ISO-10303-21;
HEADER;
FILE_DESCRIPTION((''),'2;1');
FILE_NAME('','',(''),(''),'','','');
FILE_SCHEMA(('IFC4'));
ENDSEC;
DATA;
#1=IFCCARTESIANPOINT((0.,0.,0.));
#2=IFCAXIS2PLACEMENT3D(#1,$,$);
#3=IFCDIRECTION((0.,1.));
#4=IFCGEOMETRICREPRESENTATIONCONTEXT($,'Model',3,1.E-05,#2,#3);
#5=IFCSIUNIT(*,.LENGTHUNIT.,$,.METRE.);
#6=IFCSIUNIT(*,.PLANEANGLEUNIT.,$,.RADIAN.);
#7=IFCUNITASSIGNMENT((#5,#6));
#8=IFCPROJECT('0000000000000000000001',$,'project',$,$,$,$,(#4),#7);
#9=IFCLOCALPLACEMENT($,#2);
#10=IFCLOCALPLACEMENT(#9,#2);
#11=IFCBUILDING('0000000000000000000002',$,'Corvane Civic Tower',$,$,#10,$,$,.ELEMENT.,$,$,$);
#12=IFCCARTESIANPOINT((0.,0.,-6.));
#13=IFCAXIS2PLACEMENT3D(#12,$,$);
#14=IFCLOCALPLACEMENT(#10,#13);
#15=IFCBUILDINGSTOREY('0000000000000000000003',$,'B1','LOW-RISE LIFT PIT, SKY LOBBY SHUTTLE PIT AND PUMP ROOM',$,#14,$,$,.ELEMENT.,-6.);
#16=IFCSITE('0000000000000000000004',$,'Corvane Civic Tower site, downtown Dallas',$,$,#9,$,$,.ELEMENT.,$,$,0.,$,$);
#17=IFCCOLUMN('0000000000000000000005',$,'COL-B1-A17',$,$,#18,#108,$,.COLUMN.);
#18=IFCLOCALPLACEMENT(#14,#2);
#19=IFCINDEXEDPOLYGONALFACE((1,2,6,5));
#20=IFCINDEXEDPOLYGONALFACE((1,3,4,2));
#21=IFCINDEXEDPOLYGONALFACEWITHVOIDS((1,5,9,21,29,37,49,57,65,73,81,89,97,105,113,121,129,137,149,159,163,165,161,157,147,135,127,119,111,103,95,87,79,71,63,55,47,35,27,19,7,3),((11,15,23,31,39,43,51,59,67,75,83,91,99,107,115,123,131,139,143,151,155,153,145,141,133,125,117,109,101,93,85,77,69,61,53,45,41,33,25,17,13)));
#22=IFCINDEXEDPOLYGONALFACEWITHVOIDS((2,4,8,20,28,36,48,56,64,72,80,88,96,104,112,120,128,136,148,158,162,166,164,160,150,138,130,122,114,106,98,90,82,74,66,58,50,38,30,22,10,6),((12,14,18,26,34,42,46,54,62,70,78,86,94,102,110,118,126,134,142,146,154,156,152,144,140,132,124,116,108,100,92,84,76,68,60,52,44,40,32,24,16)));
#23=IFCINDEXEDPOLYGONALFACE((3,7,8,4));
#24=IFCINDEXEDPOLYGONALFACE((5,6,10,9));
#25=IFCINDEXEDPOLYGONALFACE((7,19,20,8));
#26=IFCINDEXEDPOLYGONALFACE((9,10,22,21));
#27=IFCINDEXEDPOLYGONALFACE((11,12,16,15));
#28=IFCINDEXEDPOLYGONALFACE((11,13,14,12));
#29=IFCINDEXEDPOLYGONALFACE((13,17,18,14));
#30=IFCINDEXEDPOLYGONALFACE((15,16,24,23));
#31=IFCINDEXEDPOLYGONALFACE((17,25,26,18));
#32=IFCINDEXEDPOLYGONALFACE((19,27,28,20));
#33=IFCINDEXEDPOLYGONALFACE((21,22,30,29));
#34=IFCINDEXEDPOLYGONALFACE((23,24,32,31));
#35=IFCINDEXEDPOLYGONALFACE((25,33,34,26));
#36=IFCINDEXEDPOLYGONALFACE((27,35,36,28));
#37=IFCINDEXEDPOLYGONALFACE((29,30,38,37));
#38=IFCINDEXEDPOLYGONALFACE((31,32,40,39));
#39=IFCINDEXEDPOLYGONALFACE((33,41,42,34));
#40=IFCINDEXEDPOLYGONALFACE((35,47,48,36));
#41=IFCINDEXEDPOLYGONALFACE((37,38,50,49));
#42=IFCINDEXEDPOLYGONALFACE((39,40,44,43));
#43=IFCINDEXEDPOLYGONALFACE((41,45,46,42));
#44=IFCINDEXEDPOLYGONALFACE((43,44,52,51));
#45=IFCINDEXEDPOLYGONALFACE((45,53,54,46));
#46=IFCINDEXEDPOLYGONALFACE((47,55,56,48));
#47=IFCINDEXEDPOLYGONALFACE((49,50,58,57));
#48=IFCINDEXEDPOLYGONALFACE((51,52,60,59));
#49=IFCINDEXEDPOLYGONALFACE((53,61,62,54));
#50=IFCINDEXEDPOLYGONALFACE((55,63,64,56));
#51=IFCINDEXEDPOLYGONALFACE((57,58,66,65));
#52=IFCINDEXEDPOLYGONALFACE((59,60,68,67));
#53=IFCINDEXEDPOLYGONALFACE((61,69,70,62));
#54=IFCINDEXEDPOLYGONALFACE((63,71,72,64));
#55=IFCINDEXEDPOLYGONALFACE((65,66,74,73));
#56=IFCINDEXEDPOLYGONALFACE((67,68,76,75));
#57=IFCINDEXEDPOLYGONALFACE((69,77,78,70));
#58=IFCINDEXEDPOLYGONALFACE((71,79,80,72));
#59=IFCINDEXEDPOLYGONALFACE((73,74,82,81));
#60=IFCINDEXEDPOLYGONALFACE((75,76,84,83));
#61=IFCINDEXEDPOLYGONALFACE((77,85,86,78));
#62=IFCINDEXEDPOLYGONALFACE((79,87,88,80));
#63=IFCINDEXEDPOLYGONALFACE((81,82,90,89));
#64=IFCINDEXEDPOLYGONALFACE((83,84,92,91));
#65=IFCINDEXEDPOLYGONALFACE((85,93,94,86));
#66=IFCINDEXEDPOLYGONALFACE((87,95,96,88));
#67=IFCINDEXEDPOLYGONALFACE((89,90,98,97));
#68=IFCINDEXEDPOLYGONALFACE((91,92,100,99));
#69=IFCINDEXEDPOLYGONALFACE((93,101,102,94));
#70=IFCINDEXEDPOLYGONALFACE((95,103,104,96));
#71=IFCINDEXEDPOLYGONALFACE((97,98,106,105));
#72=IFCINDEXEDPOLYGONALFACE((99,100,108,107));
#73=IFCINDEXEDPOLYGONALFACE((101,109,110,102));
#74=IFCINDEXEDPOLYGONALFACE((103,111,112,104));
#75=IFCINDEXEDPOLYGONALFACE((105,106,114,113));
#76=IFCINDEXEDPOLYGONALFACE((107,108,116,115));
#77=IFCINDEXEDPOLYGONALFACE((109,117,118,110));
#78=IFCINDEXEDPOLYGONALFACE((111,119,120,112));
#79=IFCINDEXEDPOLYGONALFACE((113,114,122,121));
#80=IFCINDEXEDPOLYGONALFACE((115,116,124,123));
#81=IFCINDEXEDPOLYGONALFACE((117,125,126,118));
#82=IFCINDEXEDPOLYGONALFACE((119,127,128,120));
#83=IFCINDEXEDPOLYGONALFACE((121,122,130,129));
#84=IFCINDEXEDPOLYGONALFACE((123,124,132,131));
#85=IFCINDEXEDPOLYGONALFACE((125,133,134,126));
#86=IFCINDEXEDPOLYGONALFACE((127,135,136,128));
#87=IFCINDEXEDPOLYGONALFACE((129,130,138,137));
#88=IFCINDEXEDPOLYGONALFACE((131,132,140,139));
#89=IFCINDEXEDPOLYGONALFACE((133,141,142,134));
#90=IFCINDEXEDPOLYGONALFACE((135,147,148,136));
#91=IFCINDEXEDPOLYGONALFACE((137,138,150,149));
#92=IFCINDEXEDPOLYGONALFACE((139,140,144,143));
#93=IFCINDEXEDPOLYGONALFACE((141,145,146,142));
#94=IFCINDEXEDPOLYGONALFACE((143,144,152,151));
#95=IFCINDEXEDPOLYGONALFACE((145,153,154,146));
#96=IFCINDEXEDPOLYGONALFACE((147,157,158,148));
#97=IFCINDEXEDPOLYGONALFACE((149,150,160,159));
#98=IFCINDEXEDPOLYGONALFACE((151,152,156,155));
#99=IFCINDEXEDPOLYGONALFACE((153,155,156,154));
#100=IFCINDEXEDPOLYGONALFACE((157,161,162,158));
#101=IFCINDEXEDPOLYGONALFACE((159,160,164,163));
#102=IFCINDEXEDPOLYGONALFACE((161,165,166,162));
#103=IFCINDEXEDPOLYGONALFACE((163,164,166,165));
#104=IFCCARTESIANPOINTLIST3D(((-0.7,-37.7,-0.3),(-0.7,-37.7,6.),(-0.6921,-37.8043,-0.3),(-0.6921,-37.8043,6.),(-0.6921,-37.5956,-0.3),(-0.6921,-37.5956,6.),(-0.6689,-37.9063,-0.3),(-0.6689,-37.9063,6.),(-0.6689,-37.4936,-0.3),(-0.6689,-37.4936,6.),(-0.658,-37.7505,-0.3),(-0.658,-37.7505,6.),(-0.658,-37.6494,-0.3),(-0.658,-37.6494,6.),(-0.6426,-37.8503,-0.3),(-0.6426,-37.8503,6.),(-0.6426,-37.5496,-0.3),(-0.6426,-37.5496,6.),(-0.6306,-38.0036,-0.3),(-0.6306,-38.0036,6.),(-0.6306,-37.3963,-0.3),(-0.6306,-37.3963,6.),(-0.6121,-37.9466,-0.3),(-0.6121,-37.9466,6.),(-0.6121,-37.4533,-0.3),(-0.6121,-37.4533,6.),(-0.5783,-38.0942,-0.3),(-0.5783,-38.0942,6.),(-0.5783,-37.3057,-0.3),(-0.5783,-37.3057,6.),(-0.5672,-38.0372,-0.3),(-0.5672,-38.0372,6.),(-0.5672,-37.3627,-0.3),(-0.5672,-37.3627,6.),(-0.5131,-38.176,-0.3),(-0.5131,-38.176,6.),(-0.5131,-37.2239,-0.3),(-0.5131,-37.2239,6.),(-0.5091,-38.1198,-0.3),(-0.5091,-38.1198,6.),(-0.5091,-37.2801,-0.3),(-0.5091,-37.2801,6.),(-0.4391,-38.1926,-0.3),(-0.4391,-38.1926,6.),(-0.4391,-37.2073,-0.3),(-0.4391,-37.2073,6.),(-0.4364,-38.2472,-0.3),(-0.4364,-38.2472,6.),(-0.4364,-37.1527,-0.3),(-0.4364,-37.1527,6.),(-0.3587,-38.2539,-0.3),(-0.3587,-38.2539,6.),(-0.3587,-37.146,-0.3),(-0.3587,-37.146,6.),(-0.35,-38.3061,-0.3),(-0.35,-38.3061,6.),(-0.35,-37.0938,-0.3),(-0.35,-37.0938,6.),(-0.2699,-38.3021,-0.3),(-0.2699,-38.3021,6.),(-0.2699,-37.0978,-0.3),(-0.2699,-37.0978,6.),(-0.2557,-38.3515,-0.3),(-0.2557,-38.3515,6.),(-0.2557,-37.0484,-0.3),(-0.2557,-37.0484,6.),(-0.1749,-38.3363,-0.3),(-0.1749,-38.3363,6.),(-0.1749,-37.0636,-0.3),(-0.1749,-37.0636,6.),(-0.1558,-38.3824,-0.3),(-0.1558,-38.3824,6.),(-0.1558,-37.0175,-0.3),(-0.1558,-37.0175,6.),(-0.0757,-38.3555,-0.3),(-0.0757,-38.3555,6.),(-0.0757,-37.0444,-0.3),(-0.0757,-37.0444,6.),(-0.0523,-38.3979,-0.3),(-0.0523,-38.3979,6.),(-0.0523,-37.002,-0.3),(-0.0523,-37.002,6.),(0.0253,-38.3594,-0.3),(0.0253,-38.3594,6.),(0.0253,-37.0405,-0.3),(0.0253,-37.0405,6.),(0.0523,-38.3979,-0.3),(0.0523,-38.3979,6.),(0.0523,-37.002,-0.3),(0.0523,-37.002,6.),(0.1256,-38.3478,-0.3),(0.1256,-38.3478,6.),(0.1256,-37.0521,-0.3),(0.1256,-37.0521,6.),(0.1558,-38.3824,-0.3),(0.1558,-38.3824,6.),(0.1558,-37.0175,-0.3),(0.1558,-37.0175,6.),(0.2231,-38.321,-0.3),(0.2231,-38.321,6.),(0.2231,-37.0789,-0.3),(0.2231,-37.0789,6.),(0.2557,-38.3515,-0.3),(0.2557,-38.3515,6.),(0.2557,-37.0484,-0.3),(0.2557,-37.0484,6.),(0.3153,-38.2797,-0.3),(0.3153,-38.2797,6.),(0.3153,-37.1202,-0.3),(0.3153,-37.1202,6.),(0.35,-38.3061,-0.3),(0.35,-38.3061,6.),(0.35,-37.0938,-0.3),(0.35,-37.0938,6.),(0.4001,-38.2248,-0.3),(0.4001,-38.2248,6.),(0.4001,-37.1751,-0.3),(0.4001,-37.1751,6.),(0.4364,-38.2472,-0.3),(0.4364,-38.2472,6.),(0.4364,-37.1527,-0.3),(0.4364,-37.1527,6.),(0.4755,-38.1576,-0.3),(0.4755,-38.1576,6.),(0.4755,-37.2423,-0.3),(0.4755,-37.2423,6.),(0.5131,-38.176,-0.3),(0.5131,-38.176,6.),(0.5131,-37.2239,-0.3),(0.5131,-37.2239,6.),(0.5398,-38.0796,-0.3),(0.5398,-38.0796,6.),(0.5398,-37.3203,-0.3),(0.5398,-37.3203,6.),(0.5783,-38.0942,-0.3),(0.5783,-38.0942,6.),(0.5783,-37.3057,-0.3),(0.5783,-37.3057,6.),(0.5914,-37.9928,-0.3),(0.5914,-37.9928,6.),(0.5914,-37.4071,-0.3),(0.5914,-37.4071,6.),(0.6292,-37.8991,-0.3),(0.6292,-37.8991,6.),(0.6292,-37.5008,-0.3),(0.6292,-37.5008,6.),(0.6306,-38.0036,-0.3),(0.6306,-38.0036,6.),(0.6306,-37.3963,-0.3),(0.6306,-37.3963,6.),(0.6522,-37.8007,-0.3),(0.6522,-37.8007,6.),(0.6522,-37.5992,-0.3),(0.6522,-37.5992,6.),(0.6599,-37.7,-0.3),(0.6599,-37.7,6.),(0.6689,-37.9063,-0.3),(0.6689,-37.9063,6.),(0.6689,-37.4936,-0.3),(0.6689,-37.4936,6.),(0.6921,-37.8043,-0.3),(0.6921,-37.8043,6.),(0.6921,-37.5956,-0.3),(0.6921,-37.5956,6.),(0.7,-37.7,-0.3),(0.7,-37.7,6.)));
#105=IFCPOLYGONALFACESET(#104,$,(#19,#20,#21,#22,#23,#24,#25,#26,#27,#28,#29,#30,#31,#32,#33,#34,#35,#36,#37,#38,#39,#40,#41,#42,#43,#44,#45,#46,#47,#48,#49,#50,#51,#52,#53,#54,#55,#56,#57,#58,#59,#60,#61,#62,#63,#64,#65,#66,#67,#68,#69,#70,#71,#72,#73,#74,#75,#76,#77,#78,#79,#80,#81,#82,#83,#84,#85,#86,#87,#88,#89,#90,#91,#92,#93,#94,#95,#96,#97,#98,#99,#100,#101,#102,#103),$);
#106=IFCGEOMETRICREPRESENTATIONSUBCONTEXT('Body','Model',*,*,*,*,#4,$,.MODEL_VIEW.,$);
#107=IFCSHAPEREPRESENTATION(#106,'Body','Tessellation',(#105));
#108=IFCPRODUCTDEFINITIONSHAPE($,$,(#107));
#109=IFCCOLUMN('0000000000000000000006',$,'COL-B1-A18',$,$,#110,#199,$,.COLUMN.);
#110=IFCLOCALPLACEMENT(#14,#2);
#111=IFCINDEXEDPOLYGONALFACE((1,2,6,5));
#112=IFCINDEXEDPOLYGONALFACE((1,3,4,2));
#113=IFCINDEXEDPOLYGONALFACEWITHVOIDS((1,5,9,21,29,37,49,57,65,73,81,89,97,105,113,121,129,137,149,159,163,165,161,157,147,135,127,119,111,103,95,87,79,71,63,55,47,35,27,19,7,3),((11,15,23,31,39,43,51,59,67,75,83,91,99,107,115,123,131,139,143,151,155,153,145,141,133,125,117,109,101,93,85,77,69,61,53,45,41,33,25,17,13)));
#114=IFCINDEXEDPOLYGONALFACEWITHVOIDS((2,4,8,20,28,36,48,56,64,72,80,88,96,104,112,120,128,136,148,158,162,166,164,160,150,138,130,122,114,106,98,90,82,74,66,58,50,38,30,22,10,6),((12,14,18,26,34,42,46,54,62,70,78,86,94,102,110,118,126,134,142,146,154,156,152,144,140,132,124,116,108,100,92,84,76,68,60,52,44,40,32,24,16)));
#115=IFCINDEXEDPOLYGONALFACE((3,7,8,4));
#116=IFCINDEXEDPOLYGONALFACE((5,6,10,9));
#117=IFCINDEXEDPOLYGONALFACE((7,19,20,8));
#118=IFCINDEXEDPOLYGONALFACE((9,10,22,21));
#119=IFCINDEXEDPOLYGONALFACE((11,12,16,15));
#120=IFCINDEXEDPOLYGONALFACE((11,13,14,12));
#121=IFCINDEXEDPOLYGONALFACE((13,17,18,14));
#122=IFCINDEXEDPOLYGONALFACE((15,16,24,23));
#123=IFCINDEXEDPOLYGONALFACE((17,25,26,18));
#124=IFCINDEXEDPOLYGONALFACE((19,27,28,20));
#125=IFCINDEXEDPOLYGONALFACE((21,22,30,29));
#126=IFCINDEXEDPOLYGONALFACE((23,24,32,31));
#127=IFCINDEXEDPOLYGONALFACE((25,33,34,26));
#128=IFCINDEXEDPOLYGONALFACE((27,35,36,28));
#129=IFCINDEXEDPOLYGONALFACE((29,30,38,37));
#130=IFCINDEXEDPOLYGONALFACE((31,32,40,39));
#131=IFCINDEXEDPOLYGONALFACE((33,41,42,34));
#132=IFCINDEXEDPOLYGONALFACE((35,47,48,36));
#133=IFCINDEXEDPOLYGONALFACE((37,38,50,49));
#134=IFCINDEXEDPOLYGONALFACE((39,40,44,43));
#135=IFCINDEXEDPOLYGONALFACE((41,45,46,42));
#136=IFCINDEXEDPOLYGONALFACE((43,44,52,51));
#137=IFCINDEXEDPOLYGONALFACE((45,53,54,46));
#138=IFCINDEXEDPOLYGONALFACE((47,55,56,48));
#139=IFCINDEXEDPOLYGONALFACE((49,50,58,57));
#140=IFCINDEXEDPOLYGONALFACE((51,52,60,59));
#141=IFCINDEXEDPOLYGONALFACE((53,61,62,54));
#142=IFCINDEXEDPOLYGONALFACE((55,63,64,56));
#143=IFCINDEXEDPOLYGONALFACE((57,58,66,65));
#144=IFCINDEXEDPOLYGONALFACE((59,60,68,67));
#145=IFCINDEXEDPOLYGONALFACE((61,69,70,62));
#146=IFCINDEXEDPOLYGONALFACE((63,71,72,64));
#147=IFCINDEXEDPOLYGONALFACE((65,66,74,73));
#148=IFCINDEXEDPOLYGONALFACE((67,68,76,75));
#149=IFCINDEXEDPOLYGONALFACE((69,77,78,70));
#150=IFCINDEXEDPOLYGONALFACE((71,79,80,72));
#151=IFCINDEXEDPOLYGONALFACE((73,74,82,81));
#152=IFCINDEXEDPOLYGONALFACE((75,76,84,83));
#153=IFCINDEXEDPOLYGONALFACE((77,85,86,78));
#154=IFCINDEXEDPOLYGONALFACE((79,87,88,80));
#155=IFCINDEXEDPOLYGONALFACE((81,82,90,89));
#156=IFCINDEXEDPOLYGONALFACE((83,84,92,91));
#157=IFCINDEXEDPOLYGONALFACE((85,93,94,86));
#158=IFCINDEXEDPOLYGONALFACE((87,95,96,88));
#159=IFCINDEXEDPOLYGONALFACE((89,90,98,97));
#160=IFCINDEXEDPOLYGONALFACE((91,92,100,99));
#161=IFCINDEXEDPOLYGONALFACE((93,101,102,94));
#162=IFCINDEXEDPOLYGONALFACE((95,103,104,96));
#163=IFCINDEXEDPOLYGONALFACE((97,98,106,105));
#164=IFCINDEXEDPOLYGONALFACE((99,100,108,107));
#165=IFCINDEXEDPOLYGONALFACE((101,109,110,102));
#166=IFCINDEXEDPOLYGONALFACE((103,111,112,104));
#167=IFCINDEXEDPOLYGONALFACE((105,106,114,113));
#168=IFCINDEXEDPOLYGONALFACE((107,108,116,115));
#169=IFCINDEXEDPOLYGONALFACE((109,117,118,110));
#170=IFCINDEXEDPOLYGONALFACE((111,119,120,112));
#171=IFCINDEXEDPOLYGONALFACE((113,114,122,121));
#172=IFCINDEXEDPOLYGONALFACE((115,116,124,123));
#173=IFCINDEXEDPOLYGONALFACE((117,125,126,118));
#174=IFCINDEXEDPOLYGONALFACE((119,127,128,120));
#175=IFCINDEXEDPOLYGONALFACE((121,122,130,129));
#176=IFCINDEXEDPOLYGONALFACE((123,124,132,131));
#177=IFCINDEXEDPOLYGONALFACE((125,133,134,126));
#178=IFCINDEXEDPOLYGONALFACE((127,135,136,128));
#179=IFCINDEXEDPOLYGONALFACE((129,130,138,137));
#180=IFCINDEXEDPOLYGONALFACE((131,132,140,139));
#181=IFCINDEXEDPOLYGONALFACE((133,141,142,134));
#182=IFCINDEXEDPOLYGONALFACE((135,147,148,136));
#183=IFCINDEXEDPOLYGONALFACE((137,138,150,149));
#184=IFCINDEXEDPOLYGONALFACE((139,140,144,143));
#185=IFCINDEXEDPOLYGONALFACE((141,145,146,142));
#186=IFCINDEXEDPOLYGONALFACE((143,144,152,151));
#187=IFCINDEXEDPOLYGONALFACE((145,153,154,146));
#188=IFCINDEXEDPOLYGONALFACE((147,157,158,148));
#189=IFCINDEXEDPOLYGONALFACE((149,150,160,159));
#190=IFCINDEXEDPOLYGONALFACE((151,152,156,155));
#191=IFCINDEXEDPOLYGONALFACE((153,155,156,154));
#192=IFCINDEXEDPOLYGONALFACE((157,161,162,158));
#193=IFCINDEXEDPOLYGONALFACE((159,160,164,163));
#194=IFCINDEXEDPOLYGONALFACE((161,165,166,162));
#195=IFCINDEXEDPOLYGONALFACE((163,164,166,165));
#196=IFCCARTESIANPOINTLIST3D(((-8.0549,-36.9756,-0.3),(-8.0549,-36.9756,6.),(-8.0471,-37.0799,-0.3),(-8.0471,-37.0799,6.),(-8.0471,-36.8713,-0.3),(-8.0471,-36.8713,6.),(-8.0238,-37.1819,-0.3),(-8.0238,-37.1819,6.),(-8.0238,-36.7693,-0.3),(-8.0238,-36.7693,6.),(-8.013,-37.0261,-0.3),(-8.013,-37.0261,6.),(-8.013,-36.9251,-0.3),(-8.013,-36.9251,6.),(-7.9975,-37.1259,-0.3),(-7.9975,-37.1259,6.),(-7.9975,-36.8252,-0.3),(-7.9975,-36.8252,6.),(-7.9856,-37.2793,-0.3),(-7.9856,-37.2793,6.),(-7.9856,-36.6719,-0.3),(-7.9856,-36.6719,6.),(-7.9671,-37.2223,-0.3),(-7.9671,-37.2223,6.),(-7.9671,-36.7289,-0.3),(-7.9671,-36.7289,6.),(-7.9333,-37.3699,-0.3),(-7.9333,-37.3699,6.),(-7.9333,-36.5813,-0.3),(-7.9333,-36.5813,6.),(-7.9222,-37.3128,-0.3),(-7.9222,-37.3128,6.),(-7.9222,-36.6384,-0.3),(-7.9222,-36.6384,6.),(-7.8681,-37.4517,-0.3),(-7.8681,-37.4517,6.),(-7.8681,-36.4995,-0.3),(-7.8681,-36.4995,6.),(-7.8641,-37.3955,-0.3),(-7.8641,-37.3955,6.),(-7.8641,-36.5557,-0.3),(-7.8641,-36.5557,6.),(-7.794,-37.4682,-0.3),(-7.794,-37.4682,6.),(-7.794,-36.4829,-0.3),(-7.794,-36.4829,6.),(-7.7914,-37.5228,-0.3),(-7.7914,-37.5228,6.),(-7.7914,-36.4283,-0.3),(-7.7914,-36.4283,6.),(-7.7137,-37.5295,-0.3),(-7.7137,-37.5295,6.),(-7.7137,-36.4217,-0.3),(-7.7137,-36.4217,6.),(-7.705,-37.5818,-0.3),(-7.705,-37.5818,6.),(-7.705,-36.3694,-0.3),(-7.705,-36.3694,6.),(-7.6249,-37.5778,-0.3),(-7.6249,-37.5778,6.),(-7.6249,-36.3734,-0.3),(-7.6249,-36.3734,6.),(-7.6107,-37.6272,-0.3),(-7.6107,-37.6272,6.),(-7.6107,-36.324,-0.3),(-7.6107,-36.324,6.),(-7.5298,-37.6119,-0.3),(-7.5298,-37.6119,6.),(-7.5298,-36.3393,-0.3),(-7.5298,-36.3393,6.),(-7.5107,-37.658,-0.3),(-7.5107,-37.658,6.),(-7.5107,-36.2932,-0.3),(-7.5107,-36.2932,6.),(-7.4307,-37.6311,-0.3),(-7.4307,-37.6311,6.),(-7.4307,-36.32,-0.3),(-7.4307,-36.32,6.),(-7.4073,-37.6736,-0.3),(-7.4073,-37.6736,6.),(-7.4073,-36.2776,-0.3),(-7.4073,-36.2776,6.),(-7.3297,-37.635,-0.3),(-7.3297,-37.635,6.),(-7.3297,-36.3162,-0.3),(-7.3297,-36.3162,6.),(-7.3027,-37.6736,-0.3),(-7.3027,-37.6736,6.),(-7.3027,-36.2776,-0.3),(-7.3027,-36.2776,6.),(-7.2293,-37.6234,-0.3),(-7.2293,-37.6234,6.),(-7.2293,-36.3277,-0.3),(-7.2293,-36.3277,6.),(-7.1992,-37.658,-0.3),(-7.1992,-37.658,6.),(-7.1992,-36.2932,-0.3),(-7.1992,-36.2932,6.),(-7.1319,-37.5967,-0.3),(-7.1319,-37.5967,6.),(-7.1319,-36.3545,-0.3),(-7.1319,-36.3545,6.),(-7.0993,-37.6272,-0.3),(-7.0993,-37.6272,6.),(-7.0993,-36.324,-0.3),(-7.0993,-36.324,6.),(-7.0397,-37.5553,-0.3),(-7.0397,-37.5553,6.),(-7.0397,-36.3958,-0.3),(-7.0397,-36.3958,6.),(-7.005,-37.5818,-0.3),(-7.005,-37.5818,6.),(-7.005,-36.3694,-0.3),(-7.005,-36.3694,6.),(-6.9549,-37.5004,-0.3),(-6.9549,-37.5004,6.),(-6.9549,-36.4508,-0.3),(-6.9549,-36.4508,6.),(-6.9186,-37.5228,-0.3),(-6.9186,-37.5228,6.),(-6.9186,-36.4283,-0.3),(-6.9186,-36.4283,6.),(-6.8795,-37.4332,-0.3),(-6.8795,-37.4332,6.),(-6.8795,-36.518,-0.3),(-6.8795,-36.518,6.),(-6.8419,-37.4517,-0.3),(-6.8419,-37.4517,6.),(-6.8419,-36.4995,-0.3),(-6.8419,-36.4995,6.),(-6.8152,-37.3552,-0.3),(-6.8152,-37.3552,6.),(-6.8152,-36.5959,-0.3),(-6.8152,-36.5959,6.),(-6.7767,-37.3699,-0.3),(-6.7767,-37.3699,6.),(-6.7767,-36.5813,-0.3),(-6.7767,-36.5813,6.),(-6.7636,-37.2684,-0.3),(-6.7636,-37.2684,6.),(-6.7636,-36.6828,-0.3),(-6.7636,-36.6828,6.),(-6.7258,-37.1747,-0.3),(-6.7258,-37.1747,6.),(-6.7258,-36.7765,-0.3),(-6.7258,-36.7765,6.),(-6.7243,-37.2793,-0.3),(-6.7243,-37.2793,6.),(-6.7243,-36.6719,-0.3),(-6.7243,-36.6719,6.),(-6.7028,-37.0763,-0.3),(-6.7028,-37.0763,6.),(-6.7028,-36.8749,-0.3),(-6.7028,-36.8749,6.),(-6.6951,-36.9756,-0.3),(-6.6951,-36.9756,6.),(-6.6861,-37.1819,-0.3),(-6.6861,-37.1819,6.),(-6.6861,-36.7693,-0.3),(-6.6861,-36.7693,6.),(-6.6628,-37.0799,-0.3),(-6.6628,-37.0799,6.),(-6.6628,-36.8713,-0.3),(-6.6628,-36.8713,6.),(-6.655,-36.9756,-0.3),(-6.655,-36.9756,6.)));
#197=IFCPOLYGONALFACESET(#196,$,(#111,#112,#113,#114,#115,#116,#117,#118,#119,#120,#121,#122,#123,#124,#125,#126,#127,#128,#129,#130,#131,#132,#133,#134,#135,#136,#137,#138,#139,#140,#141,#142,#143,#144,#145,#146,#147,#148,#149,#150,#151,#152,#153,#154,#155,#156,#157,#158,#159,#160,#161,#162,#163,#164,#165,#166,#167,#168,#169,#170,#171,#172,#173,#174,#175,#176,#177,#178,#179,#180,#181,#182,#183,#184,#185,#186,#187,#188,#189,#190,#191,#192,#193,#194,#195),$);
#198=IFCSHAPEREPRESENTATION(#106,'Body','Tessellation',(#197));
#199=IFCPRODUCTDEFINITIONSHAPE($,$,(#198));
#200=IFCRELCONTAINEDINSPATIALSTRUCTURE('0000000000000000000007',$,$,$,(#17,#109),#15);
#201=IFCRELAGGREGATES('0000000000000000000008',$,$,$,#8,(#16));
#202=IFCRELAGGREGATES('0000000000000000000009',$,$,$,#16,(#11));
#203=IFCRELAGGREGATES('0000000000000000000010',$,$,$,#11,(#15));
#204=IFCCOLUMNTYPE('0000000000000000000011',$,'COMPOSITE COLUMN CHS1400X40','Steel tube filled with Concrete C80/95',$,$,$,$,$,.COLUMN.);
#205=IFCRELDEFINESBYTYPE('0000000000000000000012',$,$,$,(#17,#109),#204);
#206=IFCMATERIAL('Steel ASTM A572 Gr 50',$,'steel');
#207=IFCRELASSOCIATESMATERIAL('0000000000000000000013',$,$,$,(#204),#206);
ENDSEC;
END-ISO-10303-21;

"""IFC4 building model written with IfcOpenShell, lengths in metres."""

from ifc_helpers import new_model, si_unit, direction, frame, origin, origin_2d, place, context, subcontext, project, spatial, hollow_circle, extrude, material, material_profile, profile_set, type_object, element, save


model = new_model("IFC4")

# Units and contexts
model_context = context("Model", 3, precision=1e-05, world=origin(), true_north=direction((0.0, 1.0)))
body_context = subcontext(model_context, "Body", "Model", "MODEL_VIEW")
ifc_project = project(units=[si_unit("LENGTHUNIT", "METRE"), si_unit("PLANEANGLEUNIT", "RADIAN")], contexts=[model_context])

# Site, building, storey
site_placement = place(None, origin())
site = spatial("IfcSite", under=ifc_project, at=site_placement, Name="Corvane Civic Tower site, downtown Dallas", CompositionType="ELEMENT", RefElevation=0.0)
building_placement = place(site_placement, origin())
building = spatial("IfcBuilding", under=site, at=building_placement, Name="Corvane Civic Tower", CompositionType="ELEMENT")
storey_placement = place(building_placement, frame((0.0, 0.0, -6.0)))
storey = spatial("IfcBuildingStorey", under=building, at=storey_placement, Name="B1", Description="LOW-RISE LIFT PIT, SKY LOBBY SHUTTLE PIT AND PUMP ROOM", CompositionType="ELEMENT", Elevation=-6.0)

# Columns
ifc_material_1 = material(Name="Steel ASTM A572 Gr 50", Category="steel")
ifc_material_profile_1 = material_profile(ifc_material_1, hollow_circle(Radius=0.7, WallThickness=0.04, at=origin_2d()), Name="CHS1400X40")
ifc_profile_set_1 = profile_set([ifc_material_profile_1], Name="Steel ASTM A572 Gr 50")
column_type_1 = type_object("IfcColumnType", Name="COMPOSITE COLUMN CHS1400X40", Description="Steel tube filled with Concrete C80/95", PredefinedType="COLUMN", material=ifc_profile_set_1)
for number, where, z_axis, x_axis, name in (
    (1, (0.0, -37.7, -0.3), (0.0, 0.0, 1.0), (1.0, 0.0, 0.0), "COL-B1-A17"),
    (2, (-7.355, -36.9756, -0.3), (0.0, 0.0, 1.0), (1.0, 0.0, 0.0), "COL-B1-A18"),
):
    element("IfcColumn", number, at=place(storey_placement, frame(where, z_axis=z_axis, x_axis=x_axis)), inside=storey, type_object=column_type_1, Name=name, PredefinedType="COLUMN", context=body_context, shape_type="SweptSolid", body=[
        extrude(hollow_circle(Radius=0.7, WallThickness=0.04, at=origin_2d()), origin(), (0.0, 0.0, 1.0), 6.3),
    ])

save(model, "model.ifc")
